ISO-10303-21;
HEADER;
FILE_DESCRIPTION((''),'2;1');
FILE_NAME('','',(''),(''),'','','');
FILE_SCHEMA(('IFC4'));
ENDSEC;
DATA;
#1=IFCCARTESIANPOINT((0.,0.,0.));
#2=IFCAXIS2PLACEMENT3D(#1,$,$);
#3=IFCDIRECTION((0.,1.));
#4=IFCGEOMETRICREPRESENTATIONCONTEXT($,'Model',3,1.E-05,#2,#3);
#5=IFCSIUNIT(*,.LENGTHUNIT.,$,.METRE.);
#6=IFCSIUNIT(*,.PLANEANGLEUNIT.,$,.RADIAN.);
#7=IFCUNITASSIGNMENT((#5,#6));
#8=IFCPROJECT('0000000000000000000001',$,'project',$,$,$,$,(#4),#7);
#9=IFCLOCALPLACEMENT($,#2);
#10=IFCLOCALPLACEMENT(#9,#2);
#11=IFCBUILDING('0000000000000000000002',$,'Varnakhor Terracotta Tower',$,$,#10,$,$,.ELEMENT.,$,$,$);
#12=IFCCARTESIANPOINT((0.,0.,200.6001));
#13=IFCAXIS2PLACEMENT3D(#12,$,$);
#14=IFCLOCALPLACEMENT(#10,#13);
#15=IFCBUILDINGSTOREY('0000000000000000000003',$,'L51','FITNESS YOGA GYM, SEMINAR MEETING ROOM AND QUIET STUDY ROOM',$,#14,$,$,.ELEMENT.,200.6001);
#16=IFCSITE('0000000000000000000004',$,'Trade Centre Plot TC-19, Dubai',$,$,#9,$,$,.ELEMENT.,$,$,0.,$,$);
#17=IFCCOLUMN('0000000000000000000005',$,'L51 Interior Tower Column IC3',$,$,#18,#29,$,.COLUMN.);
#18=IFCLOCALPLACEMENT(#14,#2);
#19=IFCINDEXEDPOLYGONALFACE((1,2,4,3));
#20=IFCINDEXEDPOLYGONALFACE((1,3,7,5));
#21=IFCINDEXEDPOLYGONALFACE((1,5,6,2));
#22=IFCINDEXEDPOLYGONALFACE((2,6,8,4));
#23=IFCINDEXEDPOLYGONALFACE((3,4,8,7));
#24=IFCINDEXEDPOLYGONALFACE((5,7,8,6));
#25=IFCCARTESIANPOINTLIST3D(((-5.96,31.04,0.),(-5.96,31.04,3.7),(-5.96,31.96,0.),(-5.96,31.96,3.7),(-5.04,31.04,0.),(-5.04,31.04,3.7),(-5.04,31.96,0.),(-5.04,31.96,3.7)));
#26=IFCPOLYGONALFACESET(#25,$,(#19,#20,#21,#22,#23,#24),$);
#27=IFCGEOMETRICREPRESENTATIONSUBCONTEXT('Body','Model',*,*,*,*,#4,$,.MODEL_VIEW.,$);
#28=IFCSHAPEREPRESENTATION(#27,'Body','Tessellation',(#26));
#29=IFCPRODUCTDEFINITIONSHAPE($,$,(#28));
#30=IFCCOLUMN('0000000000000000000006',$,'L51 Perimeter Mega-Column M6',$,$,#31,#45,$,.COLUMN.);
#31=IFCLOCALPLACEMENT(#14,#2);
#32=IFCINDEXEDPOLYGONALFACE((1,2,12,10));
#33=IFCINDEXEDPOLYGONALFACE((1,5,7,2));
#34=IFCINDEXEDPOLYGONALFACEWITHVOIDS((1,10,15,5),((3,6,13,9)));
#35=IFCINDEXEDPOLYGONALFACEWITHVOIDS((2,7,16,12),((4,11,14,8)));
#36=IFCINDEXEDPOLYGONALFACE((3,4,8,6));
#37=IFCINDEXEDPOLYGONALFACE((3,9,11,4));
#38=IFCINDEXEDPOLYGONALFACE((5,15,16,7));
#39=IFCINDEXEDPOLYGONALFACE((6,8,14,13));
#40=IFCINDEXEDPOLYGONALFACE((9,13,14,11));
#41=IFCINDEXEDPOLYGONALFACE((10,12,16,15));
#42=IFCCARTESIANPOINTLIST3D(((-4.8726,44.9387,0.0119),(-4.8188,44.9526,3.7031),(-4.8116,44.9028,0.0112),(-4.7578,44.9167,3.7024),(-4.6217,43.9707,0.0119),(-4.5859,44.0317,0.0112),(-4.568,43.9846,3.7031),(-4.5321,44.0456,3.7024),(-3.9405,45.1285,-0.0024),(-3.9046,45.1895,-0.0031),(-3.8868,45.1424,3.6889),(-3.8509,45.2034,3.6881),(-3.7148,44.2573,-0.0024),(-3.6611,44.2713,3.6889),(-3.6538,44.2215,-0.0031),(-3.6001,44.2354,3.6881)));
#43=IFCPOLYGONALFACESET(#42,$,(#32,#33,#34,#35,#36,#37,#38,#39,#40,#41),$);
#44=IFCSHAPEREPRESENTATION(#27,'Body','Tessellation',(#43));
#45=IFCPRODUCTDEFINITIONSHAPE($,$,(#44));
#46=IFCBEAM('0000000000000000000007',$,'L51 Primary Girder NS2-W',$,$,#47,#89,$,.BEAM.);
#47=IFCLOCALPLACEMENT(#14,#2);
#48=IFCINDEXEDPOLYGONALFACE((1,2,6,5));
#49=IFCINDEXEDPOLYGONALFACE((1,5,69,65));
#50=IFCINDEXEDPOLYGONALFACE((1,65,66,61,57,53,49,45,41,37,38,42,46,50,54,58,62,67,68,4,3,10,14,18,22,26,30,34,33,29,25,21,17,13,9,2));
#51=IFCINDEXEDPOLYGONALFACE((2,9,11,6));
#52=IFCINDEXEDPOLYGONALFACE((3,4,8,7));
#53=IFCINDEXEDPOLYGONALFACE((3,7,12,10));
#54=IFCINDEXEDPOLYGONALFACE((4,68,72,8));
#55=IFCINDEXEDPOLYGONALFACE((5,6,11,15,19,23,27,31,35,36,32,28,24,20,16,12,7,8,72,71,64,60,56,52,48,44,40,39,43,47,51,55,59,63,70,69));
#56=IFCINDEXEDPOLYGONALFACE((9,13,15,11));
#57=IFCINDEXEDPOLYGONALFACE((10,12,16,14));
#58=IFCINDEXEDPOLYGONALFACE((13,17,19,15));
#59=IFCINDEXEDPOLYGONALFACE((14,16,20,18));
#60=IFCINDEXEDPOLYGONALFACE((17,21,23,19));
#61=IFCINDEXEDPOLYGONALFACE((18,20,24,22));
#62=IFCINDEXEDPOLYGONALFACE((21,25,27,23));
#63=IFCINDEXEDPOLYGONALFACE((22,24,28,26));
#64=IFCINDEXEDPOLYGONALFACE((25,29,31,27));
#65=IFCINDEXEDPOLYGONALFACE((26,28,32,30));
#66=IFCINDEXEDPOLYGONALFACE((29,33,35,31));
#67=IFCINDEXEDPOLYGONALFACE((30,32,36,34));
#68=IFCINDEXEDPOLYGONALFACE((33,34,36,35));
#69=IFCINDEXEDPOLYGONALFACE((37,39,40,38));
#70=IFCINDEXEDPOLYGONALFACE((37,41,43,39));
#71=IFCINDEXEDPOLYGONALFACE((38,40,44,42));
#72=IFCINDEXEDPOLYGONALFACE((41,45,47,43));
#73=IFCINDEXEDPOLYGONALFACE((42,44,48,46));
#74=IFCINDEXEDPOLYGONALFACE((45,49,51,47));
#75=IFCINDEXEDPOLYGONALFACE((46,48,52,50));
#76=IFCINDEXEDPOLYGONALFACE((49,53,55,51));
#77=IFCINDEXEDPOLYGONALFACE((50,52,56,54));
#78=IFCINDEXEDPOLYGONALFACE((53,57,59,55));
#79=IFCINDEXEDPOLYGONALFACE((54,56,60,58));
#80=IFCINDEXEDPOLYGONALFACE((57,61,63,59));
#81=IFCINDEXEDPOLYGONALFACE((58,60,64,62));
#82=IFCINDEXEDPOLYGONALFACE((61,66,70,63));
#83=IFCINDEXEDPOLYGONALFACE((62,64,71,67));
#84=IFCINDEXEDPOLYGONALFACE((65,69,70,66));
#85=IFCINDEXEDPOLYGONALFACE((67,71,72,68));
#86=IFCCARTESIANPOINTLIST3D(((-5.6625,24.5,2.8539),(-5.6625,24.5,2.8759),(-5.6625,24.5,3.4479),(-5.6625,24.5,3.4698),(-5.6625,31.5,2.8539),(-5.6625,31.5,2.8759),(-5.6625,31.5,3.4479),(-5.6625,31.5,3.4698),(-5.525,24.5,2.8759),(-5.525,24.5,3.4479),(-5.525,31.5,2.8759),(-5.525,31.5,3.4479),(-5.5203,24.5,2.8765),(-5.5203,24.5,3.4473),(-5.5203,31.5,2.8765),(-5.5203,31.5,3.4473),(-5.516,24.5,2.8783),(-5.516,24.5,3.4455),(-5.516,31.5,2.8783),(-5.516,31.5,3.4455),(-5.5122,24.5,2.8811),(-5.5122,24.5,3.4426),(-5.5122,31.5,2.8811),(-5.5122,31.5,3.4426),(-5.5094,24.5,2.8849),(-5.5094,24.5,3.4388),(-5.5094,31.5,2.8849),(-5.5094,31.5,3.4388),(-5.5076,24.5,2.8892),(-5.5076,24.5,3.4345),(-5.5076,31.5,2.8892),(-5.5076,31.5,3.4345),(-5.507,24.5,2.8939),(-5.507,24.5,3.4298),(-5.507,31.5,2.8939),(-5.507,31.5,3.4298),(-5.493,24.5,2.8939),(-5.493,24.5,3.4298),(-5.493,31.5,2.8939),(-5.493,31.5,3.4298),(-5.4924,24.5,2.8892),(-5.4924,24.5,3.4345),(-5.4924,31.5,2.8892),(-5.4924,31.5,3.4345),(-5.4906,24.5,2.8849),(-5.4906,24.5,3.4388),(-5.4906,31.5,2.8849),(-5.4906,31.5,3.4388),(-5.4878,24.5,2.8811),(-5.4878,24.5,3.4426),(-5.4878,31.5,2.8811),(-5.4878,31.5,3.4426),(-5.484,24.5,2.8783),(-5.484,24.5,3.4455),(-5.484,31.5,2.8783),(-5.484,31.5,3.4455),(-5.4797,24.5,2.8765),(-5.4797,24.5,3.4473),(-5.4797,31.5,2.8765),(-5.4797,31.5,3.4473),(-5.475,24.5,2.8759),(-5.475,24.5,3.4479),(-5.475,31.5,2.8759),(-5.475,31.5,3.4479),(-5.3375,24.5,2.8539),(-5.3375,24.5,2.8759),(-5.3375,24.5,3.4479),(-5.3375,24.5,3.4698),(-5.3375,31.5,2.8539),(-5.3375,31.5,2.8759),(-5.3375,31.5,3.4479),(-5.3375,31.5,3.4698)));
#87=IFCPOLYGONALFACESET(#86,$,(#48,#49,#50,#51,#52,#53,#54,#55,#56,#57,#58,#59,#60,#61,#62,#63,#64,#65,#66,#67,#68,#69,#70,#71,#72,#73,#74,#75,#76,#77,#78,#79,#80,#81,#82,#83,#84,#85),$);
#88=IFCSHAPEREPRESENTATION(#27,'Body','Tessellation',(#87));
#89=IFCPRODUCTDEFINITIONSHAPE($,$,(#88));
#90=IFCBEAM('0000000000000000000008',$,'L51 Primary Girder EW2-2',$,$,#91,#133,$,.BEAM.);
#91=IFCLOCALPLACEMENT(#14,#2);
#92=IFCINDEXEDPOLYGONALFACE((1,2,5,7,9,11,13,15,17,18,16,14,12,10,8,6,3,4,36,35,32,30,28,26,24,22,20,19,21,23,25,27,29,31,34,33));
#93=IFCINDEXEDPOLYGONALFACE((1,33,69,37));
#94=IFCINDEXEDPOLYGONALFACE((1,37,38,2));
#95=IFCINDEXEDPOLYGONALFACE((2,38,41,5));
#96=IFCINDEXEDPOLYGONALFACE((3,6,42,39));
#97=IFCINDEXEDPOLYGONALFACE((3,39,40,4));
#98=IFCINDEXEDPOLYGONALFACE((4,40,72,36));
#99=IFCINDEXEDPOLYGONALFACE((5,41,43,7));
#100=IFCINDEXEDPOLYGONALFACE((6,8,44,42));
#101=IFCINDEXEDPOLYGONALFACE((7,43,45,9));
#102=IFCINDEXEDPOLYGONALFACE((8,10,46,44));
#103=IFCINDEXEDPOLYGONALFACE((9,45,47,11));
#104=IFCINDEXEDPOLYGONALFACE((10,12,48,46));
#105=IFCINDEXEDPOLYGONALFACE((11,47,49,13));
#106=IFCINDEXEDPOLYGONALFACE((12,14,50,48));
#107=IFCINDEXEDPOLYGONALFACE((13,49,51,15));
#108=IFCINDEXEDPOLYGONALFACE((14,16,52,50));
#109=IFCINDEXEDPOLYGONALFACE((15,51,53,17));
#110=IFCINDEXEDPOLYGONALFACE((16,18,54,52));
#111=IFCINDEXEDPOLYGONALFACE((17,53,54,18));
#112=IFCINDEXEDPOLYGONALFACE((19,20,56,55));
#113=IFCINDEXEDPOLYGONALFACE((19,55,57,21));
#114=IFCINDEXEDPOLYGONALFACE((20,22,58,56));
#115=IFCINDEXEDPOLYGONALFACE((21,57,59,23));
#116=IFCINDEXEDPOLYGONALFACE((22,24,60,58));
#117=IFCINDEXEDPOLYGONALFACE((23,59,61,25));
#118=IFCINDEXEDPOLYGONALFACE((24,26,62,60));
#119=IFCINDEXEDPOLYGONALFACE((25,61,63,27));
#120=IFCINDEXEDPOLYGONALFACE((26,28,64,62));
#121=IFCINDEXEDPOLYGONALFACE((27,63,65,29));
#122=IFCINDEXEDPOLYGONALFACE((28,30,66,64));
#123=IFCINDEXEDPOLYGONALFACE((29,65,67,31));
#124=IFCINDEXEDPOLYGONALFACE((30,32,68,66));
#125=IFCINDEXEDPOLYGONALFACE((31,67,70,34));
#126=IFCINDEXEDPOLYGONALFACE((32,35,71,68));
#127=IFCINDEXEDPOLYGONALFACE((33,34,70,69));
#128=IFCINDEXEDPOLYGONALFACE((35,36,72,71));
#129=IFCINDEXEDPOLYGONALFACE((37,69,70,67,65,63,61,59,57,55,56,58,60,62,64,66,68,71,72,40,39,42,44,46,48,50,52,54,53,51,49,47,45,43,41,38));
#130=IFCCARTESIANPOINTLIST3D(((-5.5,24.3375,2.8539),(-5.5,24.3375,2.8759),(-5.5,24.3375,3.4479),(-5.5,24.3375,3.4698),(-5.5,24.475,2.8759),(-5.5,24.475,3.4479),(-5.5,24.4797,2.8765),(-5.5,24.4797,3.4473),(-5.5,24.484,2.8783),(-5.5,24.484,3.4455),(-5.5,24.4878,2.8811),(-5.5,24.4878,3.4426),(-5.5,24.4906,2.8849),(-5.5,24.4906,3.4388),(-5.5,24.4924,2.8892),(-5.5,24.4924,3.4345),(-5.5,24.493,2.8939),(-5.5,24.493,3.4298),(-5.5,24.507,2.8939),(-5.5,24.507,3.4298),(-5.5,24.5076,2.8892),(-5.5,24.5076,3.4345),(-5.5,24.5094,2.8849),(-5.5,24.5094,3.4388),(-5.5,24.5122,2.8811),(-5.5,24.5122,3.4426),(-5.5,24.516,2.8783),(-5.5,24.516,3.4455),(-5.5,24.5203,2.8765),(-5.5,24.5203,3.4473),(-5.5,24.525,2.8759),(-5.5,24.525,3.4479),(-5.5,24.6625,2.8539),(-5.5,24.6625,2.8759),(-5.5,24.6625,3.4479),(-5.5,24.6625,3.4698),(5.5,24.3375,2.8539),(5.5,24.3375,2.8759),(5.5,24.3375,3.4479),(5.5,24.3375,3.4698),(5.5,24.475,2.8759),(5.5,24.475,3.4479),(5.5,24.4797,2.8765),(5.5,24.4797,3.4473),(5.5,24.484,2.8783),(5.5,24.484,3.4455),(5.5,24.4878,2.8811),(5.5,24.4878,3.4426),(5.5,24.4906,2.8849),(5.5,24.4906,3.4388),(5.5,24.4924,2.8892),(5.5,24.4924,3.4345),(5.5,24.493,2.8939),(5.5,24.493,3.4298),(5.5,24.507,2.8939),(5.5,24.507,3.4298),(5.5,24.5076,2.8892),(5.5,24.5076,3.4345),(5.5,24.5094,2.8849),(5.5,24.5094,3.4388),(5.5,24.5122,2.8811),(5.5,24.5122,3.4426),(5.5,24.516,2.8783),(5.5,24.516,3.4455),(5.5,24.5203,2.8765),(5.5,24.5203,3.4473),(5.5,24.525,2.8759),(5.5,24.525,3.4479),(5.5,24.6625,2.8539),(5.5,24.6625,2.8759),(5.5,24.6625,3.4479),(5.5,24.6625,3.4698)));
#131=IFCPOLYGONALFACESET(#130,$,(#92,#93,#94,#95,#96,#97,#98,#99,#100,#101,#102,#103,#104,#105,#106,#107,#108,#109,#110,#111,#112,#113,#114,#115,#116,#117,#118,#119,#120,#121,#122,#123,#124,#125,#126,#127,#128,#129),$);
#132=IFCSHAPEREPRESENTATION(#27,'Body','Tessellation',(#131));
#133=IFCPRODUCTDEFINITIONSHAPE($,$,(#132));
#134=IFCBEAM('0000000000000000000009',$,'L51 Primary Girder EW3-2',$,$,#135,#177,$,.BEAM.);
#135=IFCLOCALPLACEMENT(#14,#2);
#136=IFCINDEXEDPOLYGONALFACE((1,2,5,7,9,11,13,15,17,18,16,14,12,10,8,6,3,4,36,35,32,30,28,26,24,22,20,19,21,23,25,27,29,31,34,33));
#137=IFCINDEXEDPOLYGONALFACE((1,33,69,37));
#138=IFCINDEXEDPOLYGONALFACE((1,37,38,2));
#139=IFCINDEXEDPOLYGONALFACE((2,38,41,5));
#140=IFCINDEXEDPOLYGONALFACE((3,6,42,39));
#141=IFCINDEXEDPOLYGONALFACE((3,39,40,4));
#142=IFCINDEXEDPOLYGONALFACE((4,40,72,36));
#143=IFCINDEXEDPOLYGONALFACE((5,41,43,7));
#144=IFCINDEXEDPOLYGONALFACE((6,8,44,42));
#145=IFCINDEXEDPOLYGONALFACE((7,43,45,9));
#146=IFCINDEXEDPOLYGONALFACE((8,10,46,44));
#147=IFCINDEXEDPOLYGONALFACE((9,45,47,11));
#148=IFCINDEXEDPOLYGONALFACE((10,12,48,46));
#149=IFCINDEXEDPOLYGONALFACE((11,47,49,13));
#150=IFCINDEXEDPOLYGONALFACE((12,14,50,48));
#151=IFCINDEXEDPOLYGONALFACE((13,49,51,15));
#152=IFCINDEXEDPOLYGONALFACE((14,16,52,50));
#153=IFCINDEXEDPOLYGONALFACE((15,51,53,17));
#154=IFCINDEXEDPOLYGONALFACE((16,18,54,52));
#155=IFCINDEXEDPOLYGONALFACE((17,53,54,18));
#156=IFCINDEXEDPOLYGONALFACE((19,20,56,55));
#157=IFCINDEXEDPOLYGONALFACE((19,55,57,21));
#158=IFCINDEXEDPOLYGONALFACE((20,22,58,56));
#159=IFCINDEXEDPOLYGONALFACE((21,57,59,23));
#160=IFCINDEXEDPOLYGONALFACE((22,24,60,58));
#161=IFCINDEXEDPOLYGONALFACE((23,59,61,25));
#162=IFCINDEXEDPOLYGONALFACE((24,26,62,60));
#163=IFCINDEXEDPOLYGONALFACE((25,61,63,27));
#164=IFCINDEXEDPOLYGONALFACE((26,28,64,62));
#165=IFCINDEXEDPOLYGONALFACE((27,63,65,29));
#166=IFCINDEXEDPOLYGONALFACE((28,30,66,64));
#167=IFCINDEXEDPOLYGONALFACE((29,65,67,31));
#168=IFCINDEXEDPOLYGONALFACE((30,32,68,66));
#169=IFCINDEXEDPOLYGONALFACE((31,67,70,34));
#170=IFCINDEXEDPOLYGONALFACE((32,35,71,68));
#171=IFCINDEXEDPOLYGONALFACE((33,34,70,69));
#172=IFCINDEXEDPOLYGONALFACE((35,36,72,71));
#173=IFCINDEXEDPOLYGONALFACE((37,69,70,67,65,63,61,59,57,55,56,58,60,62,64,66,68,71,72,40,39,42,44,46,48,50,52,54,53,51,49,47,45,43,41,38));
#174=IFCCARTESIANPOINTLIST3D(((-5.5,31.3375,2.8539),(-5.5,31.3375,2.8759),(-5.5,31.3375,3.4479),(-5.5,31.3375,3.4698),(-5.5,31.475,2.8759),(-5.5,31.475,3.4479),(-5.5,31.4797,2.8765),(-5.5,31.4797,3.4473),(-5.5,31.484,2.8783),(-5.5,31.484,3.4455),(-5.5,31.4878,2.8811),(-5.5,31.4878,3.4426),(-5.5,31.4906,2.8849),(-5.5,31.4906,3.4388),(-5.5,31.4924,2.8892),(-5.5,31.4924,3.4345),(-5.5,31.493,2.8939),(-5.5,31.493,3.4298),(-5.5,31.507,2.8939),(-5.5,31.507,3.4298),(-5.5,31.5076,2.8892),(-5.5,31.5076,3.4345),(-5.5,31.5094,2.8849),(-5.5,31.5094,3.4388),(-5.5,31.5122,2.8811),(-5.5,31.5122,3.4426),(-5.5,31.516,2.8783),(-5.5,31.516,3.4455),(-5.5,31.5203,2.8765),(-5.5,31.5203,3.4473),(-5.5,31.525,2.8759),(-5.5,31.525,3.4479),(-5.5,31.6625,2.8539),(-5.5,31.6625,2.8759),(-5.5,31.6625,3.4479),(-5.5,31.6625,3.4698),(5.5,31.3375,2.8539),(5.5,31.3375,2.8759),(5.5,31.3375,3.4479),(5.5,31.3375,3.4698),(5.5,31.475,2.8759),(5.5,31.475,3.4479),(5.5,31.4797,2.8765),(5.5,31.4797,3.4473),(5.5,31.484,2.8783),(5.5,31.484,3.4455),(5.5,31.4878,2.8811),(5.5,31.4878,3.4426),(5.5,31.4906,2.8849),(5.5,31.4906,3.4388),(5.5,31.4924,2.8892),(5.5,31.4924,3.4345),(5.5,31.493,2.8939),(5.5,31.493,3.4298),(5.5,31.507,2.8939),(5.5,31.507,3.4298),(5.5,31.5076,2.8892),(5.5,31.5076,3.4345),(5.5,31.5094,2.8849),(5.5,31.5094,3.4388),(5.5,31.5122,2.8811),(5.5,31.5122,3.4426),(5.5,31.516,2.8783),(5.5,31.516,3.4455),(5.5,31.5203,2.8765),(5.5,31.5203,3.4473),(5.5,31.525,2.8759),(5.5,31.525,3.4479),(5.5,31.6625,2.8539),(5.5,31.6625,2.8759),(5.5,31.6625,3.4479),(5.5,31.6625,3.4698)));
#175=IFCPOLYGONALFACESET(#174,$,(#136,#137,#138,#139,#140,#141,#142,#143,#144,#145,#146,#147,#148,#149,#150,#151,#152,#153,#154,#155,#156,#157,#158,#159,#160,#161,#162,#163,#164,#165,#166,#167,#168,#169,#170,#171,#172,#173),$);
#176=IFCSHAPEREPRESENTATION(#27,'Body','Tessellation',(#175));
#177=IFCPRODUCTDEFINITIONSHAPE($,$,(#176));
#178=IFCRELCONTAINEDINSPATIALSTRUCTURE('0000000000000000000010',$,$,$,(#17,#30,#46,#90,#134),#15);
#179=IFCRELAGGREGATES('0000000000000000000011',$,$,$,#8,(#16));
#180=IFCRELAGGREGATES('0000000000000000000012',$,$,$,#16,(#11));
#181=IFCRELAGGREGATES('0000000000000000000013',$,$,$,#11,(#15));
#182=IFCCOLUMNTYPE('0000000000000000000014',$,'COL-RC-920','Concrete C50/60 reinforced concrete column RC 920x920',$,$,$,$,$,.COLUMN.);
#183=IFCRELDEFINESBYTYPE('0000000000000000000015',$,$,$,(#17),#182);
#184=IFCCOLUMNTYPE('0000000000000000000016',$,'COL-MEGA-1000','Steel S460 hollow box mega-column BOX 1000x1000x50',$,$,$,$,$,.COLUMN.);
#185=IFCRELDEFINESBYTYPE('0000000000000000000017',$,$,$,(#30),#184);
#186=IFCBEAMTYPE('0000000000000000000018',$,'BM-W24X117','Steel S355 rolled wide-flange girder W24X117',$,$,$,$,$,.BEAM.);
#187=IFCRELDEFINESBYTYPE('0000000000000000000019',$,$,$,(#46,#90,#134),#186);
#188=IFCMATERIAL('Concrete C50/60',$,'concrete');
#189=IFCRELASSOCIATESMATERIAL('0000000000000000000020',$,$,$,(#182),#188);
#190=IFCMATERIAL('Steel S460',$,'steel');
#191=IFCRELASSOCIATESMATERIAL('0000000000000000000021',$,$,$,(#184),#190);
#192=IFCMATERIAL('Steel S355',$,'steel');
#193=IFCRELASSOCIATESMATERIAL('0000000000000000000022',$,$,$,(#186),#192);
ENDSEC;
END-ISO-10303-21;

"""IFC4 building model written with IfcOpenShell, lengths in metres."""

from ifc_helpers import new_model, si_unit, direction, frame, origin, origin_2d, place, context, subcontext, project, spatial, rectangle, hollow_rectangle, i_section, extrude, source, transform, mapped, material, material_profile, profile_set, type_object, element, save


model = new_model("IFC4")

# Units and contexts
model_context = context("Model", 3, precision=1e-05, world=origin(), true_north=direction((0.0, 1.0)))
body_context = subcontext(model_context, "Body", "Model", "MODEL_VIEW")
ifc_project = project(units=[si_unit("LENGTHUNIT", "METRE"), si_unit("PLANEANGLEUNIT", "RADIAN")], contexts=[model_context])

# Site, building, storey
site_placement = place(None, origin())
site = spatial("IfcSite", under=ifc_project, at=site_placement, Name="Trade Centre Plot TC-19, Dubai", CompositionType="ELEMENT", RefElevation=0.0)
building_placement = place(site_placement, origin())
building = spatial("IfcBuilding", under=site, at=building_placement, Name="Varnakhor Terracotta Tower", CompositionType="ELEMENT")
storey_placement = place(building_placement, frame((0.0, 0.0, 200.6001)))
storey = spatial("IfcBuildingStorey", under=building, at=storey_placement, Name="L51", Description="FITNESS YOGA GYM, SEMINAR MEETING ROOM AND QUIET STUDY ROOM", CompositionType="ELEMENT", Elevation=200.6001)

# Columns
ifc_material_1 = material(Name="Concrete C50/60", Category="concrete")
ifc_material_profile_1 = material_profile(ifc_material_1, rectangle(XDim=0.9199, YDim=0.9199, at=origin_2d()), Name="RC 920x920")
ifc_profile_set_1 = profile_set([ifc_material_profile_1], Name="Concrete C50/60")
column_type_1 = type_object("IfcColumnType", Name="COL-RC-920", Description="Concrete C50/60 reinforced concrete column RC 920x920", PredefinedType="COLUMN", material=ifc_profile_set_1)
shared_shape_1 = source(origin(), body_context, "Body", "SweptSolid", [
    extrude(rectangle(XDim=0.9199, YDim=0.9199, at=origin_2d()), origin(), (0.0, 0.0, 1.0), 3.7),
])
column_1_placement = place(storey_placement, frame((-5.5, 31.5, 0.0), z_axis=(0.0, 0.0, 1.0), x_axis=(1.0, 0.0, 0.0)))
element("IfcColumn", 1, at=column_1_placement, inside=storey, type_object=column_type_1, Name="L51 Interior Tower Column IC3", PredefinedType="COLUMN", context=body_context, shape_type="MappedRepresentation", body=[
    mapped(shared_shape_1, transform((0.0, 0.0, 0.0), scale=1.0)),
])
ifc_material_2 = material(Name="Steel S460", Category="steel")
ifc_material_profile_2 = material_profile(ifc_material_2, hollow_rectangle(XDim=1.0, YDim=1.0, WallThickness=0.05, at=origin_2d()), Name="BOX 1000x1000x50")
ifc_profile_set_2 = profile_set([ifc_material_profile_2], Name="Steel S460")
column_type_2 = type_object("IfcColumnType", Name="COL-MEGA-1000", Description="Steel S460 hollow box mega-column BOX 1000x1000x50", PredefinedType="COLUMN", material=ifc_profile_set_2)
shared_shape_2 = source(origin(), body_context, "Body", "SweptSolid", [
    extrude(hollow_rectangle(XDim=1.0, YDim=1.0, WallThickness=0.05, at=origin_2d()), origin(), (0.0, 0.0, 1.0), 3.6917),
])
column_2_placement = place(storey_placement, frame((-4.2632, 44.5801, 0.0044), z_axis=(0.01455, 0.00377, 0.999887), x_axis=(-0.250809, 0.968036, 0.0)))
element("IfcColumn", 2, at=column_2_placement, inside=storey, type_object=column_type_2, Name="L51 Perimeter Mega-Column M6", PredefinedType="COLUMN", context=body_context, shape_type="MappedRepresentation", body=[
    mapped(shared_shape_2, transform((0.0, 0.0, 0.0), scale=1.0)),
])

# Beams
ifc_material_3 = material(Name="Steel S355", Category="steel")
ifc_material_profile_3 = material_profile(ifc_material_3, i_section(OverallWidth=0.325, OverallDepth=0.616, WebThickness=0.0139, FlangeThickness=0.022, FilletRadius=0.0181, at=origin_2d()), Name="W24X117")
ifc_profile_set_3 = profile_set([ifc_material_profile_3], Name="Steel S355")
beam_type_1 = type_object("IfcBeamType", Name="BM-W24X117", Description="Steel S355 rolled wide-flange girder W24X117", PredefinedType="BEAM", material=ifc_profile_set_3)
shared_shape_3 = source(origin(), body_context, "Body", "SweptSolid", [
    extrude(i_section(OverallWidth=0.325, OverallDepth=0.616, WebThickness=0.0139, FlangeThickness=0.022, FilletRadius=0.0181, at=origin_2d()), origin(), (0.0, 0.0, 1.0), 7.0),
])
beam_1_placement = place(storey_placement, frame((-5.5, 24.5, 3.1619), z_axis=(0.0, 1.0, 0.0), x_axis=(-1.0, 0.0, 0.0)))
element("IfcBeam", 3, at=beam_1_placement, inside=storey, type_object=beam_type_1, Name="L51 Primary Girder NS2-W", PredefinedType="BEAM", context=body_context, shape_type="MappedRepresentation", body=[
    mapped(shared_shape_3, transform((0.0, 0.0, 0.0), scale=1.0)),
])
shared_shape_4 = source(origin(), body_context, "Body", "SweptSolid", [
    extrude(i_section(OverallWidth=0.325, OverallDepth=0.616, WebThickness=0.0139, FlangeThickness=0.022, FilletRadius=0.0181, at=origin_2d()), origin(), (0.0, 0.0, 1.0), 11.0),
])
for number, where, z_axis, x_axis, name in (
    (4, (-5.5, 24.5, 3.1619), (1.0, 0.0, 0.0), (0.0, 1.0, 0.0), "L51 Primary Girder EW2-2"),
    (5, (-5.5, 31.5, 3.1619), (1.0, 0.0, 0.0), (0.0, 1.0, 0.0), "L51 Primary Girder EW3-2"),
):
    element("IfcBeam", number, at=place(storey_placement, frame(where, z_axis=z_axis, x_axis=x_axis)), inside=storey, type_object=beam_type_1, Name=name, PredefinedType="BEAM", context=body_context, shape_type="MappedRepresentation", body=[
        mapped(shared_shape_4, transform((0.0, 0.0, 0.0), scale=1.0)),
    ])

save(model, "model.ifc")
